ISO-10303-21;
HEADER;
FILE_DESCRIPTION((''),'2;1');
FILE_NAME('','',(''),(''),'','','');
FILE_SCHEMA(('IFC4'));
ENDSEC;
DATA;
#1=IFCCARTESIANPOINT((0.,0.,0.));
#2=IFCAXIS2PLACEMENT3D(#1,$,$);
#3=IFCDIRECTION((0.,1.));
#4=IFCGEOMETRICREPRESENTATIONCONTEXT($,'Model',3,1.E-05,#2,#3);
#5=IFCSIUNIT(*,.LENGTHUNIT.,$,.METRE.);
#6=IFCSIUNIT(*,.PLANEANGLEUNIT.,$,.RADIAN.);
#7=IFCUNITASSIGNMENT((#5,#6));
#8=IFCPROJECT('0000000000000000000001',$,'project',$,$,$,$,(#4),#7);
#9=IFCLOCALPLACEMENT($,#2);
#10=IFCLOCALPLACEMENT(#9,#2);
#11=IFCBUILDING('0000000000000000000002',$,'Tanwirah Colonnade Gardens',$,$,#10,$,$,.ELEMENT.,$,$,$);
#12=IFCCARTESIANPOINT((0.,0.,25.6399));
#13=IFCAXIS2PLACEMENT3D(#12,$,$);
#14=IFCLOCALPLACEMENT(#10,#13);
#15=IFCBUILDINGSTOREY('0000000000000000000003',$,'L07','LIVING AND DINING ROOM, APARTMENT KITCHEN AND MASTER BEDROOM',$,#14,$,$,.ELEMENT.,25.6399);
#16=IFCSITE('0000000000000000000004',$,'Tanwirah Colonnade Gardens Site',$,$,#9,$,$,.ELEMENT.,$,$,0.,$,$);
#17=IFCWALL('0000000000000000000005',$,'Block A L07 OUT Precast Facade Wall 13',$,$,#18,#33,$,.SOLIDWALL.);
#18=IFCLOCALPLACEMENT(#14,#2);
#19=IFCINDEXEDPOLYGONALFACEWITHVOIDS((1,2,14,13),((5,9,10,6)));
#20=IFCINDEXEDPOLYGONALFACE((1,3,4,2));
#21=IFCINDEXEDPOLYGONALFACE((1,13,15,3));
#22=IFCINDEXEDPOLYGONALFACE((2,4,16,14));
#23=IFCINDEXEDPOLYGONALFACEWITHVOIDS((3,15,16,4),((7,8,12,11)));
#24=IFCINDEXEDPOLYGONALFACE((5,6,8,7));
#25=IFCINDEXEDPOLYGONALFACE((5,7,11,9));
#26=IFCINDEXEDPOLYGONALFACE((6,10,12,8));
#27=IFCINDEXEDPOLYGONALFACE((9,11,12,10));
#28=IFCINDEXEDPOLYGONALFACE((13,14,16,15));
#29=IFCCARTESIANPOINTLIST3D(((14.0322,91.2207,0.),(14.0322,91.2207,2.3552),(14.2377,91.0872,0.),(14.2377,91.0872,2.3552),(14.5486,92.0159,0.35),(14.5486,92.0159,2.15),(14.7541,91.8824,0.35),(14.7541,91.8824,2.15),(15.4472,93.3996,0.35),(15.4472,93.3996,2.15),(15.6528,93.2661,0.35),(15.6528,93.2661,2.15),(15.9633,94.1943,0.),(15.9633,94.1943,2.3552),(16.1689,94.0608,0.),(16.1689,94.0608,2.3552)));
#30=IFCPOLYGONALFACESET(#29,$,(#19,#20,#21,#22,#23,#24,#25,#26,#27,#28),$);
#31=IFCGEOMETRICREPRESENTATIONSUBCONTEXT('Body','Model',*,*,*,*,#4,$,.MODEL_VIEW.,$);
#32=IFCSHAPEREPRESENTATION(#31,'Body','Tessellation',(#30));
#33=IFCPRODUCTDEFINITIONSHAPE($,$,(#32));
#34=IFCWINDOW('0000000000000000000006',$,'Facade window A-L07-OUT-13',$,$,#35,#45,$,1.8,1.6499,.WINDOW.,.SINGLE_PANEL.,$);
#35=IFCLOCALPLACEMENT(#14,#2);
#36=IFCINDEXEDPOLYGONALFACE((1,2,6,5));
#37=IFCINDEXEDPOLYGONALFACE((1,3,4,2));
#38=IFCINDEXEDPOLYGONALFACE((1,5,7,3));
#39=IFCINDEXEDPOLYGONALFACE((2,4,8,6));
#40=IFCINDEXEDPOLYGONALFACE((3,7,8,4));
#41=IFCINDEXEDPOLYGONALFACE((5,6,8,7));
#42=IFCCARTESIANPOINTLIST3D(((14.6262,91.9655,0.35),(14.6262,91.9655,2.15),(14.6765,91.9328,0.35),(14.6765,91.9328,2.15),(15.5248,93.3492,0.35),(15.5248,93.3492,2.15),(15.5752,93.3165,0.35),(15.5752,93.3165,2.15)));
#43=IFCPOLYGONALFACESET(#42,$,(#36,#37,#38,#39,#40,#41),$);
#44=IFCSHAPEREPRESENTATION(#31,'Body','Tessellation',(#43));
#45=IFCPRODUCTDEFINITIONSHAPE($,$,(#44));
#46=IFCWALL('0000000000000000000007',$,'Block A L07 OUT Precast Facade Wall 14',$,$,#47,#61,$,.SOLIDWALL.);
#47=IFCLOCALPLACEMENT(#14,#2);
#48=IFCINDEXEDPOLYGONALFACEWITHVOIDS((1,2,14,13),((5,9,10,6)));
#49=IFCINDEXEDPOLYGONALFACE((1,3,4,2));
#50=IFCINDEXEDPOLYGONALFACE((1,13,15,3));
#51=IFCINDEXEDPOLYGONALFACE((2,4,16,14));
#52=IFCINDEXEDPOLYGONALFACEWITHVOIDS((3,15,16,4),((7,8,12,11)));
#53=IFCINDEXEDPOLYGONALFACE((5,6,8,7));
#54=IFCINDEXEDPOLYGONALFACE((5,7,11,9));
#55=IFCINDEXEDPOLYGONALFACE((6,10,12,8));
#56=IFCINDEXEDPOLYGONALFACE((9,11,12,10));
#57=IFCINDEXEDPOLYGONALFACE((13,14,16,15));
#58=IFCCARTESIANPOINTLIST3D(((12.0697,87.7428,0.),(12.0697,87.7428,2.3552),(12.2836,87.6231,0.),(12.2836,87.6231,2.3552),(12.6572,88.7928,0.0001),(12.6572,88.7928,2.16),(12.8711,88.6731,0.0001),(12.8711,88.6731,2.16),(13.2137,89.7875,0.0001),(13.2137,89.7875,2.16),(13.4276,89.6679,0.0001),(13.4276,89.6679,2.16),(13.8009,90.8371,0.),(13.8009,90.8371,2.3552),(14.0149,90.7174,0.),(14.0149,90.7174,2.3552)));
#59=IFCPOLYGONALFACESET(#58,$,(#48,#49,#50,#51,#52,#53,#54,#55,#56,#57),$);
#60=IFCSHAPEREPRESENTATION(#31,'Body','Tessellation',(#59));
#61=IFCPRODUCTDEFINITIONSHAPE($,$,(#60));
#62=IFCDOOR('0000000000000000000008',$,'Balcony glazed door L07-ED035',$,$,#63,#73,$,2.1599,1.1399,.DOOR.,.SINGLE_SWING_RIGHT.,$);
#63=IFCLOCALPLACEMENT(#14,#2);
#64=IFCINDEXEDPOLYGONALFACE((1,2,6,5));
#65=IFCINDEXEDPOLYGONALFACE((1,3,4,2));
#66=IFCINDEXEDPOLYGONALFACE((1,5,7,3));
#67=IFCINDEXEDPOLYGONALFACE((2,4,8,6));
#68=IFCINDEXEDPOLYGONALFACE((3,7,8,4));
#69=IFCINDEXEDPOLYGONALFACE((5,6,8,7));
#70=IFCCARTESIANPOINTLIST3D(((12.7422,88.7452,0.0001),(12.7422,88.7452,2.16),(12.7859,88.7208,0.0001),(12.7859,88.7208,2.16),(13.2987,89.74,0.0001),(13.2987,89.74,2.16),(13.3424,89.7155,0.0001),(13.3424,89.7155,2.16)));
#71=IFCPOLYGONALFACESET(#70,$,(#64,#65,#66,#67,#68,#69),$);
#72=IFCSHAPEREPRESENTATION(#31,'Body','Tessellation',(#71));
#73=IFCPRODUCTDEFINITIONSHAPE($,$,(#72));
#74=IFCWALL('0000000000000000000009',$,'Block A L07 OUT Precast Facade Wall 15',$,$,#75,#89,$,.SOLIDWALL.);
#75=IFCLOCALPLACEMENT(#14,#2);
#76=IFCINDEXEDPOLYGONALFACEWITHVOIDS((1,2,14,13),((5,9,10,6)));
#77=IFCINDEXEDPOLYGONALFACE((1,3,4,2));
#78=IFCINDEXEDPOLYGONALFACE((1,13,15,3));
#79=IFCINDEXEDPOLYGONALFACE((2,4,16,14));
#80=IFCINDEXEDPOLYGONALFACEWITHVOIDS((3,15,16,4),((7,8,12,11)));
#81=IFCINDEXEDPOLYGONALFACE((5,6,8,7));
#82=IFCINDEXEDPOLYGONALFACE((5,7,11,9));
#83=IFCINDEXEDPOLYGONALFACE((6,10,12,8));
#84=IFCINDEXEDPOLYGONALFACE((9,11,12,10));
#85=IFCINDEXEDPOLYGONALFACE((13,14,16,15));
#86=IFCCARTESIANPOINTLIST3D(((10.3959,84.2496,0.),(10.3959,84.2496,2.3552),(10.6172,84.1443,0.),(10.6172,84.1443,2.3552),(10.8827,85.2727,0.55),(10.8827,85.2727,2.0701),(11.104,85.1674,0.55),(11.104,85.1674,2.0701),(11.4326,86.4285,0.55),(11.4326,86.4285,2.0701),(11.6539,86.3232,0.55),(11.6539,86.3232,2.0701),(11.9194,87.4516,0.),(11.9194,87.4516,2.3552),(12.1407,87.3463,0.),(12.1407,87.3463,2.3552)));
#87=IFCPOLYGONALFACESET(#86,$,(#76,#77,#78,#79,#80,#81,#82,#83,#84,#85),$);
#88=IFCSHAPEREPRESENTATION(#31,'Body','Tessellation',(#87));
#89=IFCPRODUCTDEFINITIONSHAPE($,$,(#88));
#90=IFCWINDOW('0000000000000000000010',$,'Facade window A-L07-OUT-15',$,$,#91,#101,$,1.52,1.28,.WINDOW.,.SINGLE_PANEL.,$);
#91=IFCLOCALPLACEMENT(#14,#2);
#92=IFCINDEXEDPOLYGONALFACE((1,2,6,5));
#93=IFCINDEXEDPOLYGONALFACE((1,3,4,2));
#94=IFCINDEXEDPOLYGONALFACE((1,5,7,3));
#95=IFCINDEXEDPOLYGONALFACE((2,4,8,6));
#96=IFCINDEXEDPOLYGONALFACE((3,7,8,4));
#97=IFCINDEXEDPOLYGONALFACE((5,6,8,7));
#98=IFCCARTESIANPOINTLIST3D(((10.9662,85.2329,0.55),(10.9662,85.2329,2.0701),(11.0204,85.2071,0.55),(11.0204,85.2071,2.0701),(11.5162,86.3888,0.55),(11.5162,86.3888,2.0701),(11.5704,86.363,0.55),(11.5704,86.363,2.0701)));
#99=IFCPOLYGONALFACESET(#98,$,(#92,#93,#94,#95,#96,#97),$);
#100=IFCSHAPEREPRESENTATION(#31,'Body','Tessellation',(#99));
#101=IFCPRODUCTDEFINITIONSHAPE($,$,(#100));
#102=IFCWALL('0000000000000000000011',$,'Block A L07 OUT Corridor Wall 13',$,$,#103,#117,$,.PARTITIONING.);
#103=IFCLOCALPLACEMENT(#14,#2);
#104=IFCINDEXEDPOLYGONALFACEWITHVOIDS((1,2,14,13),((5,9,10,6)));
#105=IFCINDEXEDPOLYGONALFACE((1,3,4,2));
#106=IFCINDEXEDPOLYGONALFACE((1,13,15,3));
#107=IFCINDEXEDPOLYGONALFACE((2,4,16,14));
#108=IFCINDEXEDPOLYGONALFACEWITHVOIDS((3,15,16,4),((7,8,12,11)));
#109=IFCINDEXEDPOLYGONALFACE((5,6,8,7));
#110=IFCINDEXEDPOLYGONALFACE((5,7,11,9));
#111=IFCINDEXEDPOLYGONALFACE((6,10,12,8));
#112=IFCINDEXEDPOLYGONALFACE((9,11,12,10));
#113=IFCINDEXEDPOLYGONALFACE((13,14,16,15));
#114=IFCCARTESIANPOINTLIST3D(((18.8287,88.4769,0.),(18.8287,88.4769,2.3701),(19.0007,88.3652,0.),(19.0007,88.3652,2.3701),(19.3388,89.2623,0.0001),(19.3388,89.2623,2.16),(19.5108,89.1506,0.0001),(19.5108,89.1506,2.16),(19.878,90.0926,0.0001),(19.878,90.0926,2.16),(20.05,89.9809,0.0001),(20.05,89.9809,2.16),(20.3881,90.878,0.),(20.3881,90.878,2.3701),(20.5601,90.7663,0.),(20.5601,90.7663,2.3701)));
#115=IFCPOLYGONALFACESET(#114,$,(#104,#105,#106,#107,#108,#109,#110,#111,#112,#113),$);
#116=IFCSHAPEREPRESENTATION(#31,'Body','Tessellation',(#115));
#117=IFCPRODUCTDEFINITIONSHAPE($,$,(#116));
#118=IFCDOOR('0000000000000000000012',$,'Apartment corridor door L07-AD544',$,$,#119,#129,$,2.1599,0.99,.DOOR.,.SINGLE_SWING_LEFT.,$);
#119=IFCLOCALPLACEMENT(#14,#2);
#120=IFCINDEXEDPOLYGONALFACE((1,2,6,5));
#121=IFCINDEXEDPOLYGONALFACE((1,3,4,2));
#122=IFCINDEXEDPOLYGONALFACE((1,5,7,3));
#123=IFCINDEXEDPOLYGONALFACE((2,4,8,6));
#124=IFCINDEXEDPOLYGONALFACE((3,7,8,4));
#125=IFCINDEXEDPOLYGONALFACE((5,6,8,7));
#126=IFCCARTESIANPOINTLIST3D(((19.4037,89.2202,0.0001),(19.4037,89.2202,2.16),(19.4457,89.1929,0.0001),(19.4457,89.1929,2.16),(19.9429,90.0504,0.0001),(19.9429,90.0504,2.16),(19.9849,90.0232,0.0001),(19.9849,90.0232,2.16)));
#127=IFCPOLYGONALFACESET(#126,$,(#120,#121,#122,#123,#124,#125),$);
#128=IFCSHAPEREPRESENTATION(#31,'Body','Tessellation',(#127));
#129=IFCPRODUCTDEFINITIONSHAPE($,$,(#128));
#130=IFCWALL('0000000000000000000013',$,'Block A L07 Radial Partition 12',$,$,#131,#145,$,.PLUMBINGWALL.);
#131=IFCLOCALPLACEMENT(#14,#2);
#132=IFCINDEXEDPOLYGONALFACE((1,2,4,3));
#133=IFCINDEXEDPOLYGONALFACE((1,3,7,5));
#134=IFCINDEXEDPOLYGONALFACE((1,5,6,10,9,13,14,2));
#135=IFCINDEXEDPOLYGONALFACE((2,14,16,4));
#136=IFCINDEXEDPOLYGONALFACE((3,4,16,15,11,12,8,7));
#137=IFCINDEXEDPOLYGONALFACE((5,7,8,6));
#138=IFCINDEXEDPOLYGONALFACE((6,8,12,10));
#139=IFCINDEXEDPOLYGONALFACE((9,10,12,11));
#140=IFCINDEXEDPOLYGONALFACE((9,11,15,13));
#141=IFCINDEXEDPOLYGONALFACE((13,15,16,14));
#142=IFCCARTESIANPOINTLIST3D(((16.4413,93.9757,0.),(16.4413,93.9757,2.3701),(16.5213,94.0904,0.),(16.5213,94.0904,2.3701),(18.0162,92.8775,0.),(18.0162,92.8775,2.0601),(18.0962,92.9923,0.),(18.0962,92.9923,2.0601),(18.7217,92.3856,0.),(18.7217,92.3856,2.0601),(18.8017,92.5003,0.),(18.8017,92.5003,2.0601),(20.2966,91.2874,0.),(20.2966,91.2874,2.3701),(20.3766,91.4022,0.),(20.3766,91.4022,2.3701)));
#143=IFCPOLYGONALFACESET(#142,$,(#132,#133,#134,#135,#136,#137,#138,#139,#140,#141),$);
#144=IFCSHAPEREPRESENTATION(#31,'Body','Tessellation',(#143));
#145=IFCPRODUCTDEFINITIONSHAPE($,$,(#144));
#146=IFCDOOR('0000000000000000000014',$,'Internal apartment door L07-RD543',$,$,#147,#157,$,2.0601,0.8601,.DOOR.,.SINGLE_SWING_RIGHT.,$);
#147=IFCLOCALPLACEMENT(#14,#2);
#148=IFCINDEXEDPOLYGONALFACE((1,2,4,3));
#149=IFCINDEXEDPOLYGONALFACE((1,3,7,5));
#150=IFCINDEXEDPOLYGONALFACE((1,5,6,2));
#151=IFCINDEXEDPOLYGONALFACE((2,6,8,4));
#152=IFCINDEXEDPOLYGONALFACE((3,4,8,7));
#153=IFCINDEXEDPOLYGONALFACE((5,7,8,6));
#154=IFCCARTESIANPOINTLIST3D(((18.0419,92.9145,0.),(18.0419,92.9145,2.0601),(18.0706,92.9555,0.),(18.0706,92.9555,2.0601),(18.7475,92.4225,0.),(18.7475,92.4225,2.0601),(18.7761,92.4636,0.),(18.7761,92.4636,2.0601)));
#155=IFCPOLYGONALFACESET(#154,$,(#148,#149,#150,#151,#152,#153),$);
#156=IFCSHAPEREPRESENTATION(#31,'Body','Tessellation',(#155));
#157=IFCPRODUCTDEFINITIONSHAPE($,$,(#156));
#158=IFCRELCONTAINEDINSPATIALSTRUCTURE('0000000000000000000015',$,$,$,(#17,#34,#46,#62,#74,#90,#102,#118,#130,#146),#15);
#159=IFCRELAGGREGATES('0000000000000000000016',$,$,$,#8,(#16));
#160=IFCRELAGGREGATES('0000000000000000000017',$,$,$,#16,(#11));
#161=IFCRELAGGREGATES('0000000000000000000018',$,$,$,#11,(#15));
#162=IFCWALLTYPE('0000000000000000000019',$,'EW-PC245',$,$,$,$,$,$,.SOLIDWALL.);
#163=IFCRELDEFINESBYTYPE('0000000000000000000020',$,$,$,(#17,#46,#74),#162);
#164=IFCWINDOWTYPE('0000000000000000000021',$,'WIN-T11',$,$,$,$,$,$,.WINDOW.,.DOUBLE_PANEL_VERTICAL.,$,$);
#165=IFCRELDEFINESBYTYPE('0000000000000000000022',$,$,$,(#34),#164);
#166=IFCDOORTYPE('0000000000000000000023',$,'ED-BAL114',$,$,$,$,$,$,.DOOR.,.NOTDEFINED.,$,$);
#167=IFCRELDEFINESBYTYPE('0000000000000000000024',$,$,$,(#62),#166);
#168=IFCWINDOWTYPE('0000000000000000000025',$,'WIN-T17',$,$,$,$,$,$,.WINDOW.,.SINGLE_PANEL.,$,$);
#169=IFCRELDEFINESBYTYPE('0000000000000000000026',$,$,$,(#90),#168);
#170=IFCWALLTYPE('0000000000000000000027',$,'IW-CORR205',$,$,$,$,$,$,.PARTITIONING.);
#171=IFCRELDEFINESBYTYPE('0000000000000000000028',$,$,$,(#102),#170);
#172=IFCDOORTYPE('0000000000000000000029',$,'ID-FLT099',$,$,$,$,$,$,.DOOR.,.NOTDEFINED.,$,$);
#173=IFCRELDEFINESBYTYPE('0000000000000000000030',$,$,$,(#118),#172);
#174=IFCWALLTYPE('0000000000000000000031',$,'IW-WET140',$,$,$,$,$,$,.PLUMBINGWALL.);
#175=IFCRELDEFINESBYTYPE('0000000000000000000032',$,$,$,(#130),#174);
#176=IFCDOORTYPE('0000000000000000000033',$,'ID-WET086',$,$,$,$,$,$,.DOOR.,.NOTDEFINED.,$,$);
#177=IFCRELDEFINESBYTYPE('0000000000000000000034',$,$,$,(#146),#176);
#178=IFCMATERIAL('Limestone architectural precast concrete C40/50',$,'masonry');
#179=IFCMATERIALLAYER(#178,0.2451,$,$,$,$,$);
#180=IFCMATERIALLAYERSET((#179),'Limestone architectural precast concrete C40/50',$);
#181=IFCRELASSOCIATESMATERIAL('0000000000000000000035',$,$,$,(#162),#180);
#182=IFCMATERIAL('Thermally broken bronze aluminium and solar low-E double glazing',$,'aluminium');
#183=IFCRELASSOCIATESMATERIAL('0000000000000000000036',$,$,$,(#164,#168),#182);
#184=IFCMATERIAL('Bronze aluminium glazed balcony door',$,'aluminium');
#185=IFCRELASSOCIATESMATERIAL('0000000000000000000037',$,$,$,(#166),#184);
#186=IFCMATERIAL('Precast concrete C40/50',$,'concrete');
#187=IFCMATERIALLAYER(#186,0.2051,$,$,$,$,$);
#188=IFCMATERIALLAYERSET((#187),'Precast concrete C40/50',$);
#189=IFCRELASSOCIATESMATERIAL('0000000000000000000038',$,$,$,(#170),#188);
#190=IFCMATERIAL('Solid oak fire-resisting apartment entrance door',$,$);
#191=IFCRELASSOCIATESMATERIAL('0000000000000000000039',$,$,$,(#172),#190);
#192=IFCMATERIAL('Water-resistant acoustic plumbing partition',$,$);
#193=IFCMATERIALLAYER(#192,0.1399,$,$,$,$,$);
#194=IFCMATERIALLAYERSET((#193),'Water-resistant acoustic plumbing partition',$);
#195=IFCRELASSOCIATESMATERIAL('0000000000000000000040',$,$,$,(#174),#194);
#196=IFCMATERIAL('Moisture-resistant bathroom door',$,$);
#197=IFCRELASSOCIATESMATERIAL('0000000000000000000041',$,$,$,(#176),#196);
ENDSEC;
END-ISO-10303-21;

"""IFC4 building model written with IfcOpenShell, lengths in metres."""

from ifc_helpers import new_model, si_unit, direction, frame, frame_2d, origin, place, context, subcontext, project, spatial, rectangle, extrude, material, layer, layer_set, type_object, element, fill, save


model = new_model("IFC4")

# Units and contexts
model_context = context("Model", 3, precision=1e-05, world=origin(), true_north=direction((0.0, 1.0)))
body_context = subcontext(model_context, "Body", "Model", "MODEL_VIEW")
ifc_project = project(units=[si_unit("LENGTHUNIT", "METRE"), si_unit("PLANEANGLEUNIT", "RADIAN")], contexts=[model_context])

# Site, building, storey
site_placement = place(None, origin())
site = spatial("IfcSite", under=ifc_project, at=site_placement, Name="Tanwirah Colonnade Gardens Site", CompositionType="ELEMENT", RefElevation=0.0)
building_placement = place(site_placement, origin())
building = spatial("IfcBuilding", under=site, at=building_placement, Name="Tanwirah Colonnade Gardens", CompositionType="ELEMENT")
storey_placement = place(building_placement, frame((0.0, 0.0, 25.6399)))
storey = spatial("IfcBuildingStorey", under=building, at=storey_placement, Name="L07", Description="LIVING AND DINING ROOM, APARTMENT KITCHEN AND MASTER BEDROOM", CompositionType="ELEMENT", Elevation=25.6399)

# Shared definitions
ifc_material_1 = material(Name="Precast concrete C40/50", Category="concrete")

# Wall, opening, window
ifc_material_2 = material(Name="Limestone architectural precast concrete C40/50", Category="masonry")
ifc_layer_1 = layer(ifc_material_2, 0.2451)
ifc_layer_set_1 = layer_set([ifc_layer_1], Name="Limestone architectural precast concrete C40/50")
wall_type_1 = type_object("IfcWallType", Name="EW-PC245", PredefinedType="SOLIDWALL", material=ifc_layer_set_1)
wall_1_placement = place(storey_placement, frame((16.0662, 94.1277, 0.0), z_axis=(0.0, 0.0, 1.0), x_axis=(-0.544649, -0.838664, 0.0)))
wall_1 = element("IfcWall", 1, at=wall_1_placement, inside=storey, type_object=wall_type_1, Name="Block A L07 OUT Precast Facade Wall 13", PredefinedType="SOLIDWALL", context=body_context, shape_type="SweptSolid", body=[
    extrude(rectangle(XDim=3.5457, YDim=0.2451, at=frame_2d((1.7729, 0.0))), origin(), (0.0, 0.0, 1.0), 2.3552),
])
opening_1_placement = place(wall_1_placement, frame((0.9478, 0.0, 0.3501)))
opening_1 = element("IfcOpeningElement", 2, at=opening_1_placement, cuts=wall_1, PredefinedType="OPENING", context=body_context, shape_type="SweptSolid", body=[
    extrude(rectangle(XDim=1.6499, YDim=1.8, at=frame_2d((0.825, 0.8999))), frame((0.0, 0.1326, 0.0), z_axis=(0.0, -1.0, 0.0), x_axis=(1.0, 0.0, 0.0)), (0.0, 0.0, 1.0), 0.2651),
])
ifc_material_3 = material(Name="Thermally broken bronze aluminium and solar low-E double glazing", Category="aluminium")
window_type_1 = type_object("IfcWindowType", Name="WIN-T11", PartitioningType="DOUBLE_PANEL_VERTICAL", PredefinedType="WINDOW", material=ifc_material_3)
window_1_placement = place(opening_1_placement, origin())
window_1 = element("IfcWindow", 3, at=window_1_placement, inside=storey, type_object=window_type_1, Name="Facade window A-L07-OUT-13", OverallHeight=1.8, OverallWidth=1.6499, PartitioningType="SINGLE_PANEL", PredefinedType="WINDOW", context=body_context, shape_type="SweptSolid", body=[
    extrude(rectangle(XDim=1.6499, YDim=1.8, at=frame_2d((0.825, 0.8999))), frame((0.0, 0.03, 0.0), z_axis=(0.0, -1.0, 0.0), x_axis=(1.0, 0.0, 0.0)), (0.0, 0.0, 1.0), 0.0601),
])
fill(opening_1, window_1)

# Wall, opening, door
wall_2_placement = place(storey_placement, frame((13.908, 90.7773, 0.0), z_axis=(0.0, 0.0, 1.0), x_axis=(-0.488266, -0.872695, 0.0)))
wall_2 = element("IfcWall", 4, at=wall_2_placement, inside=storey, type_object=wall_type_1, Name="Block A L07 OUT Precast Facade Wall 14", PredefinedType="SOLIDWALL", context=body_context, shape_type="SweptSolid", body=[
    extrude(rectangle(XDim=3.5457, YDim=0.2451, at=frame_2d((1.7729, 0.0))), origin(), (0.0, 0.0, 1.0), 2.3552),
])
opening_2_placement = place(wall_2_placement, frame((1.2029, 0.0, 0.0)))
opening_2 = element("IfcOpeningElement", 5, at=opening_2_placement, cuts=wall_2, PredefinedType="OPENING", context=body_context, shape_type="SweptSolid", body=[
    extrude(rectangle(XDim=1.1399, YDim=2.1599, at=frame_2d((0.5698, 1.0801))), frame((0.0, 0.1326, 0.0), z_axis=(0.0, -1.0, 0.0), x_axis=(1.0, 0.0, 0.0)), (0.0, 0.0, 1.0), 0.2651),
])
ifc_material_4 = material(Name="Bronze aluminium glazed balcony door", Category="aluminium")
door_type_1 = type_object("IfcDoorType", Name="ED-BAL114", OperationType="NOTDEFINED", PredefinedType="DOOR", material=ifc_material_4)
door_1_placement = place(opening_2_placement, origin())
door_1 = element("IfcDoor", 6, at=door_1_placement, inside=storey, type_object=door_type_1, Name="Balcony glazed door L07-ED035", OperationType="SINGLE_SWING_RIGHT", OverallHeight=2.1599, OverallWidth=1.1399, PredefinedType="DOOR", context=body_context, shape_type="SweptSolid", body=[
    extrude(rectangle(XDim=1.1399, YDim=2.1599, at=frame_2d((0.5698, 1.0801))), frame((0.0, 0.0249, 0.0), z_axis=(0.0, -1.0, 0.0), x_axis=(1.0, 0.0, 0.0)), (0.0, 0.0, 1.0), 0.05),
])
fill(opening_2, door_1)

# Wall, opening, window
wall_3_placement = place(storey_placement, frame((12.03, 87.3989, 0.0), z_axis=(0.0, 0.0, 1.0), x_axis=(-0.42964, -0.903, 0.0)))
wall_3 = element("IfcWall", 7, at=wall_3_placement, inside=storey, type_object=wall_type_1, Name="Block A L07 OUT Precast Facade Wall 15", PredefinedType="SOLIDWALL", context=body_context, shape_type="SweptSolid", body=[
    extrude(rectangle(XDim=3.5459, YDim=0.2451, at=frame_2d((1.7729, 0.0))), origin(), (0.0, 0.0, 1.0), 2.3552),
])
opening_3_placement = place(wall_3_placement, frame((1.1328, 0.0, 0.55)))
opening_3 = element("IfcOpeningElement", 8, at=opening_3_placement, cuts=wall_3, PredefinedType="OPENING", context=body_context, shape_type="SweptSolid", body=[
    extrude(rectangle(XDim=1.28, YDim=1.52, at=frame_2d((0.6401, 0.76))), frame((0.0, 0.1326, 0.0), z_axis=(0.0, -1.0, 0.0), x_axis=(1.0, 0.0, 0.0)), (0.0, 0.0, 1.0), 0.2651),
])
window_type_2 = type_object("IfcWindowType", Name="WIN-T17", PartitioningType="SINGLE_PANEL", PredefinedType="WINDOW", material=ifc_material_3)
window_2_placement = place(opening_3_placement, origin())
window_2 = element("IfcWindow", 9, at=window_2_placement, inside=storey, type_object=window_type_2, Name="Facade window A-L07-OUT-15", OverallHeight=1.52, OverallWidth=1.28, PartitioningType="SINGLE_PANEL", PredefinedType="WINDOW", context=body_context, shape_type="SweptSolid", body=[
    extrude(rectangle(XDim=1.28, YDim=1.52, at=frame_2d((0.6401, 0.76))), frame((0.0, 0.03, 0.0), z_axis=(0.0, -1.0, 0.0), x_axis=(1.0, 0.0, 0.0)), (0.0, 0.0, 1.0), 0.0601),
])
fill(opening_3, window_2)

# Walls, openings, doors
ifc_layer_2 = layer(ifc_material_1, 0.2051)
ifc_layer_set_2 = layer_set([ifc_layer_2], Name="Precast concrete C40/50")
wall_type_2 = type_object("IfcWallType", Name="IW-CORR205", PredefinedType="PARTITIONING", material=ifc_layer_set_2)
wall_4_placement = place(storey_placement, frame((20.4741, 90.8223, 0.0), z_axis=(0.0, 0.0, 1.0), x_axis=(-0.544644, -0.838668, 0.0)))
wall_4 = element("IfcWall", 10, at=wall_4_placement, inside=storey, type_object=wall_type_2, Name="Block A L07 OUT Corridor Wall 13", PredefinedType="PARTITIONING", context=body_context, shape_type="SweptSolid", body=[
    extrude(rectangle(XDim=2.863, YDim=0.2051, at=frame_2d((1.4316, 0.0))), origin(), (0.0, 0.0, 1.0), 2.3701),
])
opening_4_placement = place(wall_4_placement, frame((0.9365, 0.0, 0.0)))
opening_4 = element("IfcOpeningElement", 11, at=opening_4_placement, cuts=wall_4, PredefinedType="OPENING", context=body_context, shape_type="SweptSolid", body=[
    extrude(rectangle(XDim=0.99, YDim=2.1599, at=frame_2d((0.4951, 1.0801))), frame((0.0, 0.1125, 0.0), z_axis=(0.0, -1.0, 0.0), x_axis=(1.0, 0.0, 0.0)), (0.0, 0.0, 1.0), 0.2251),
])
ifc_material_5 = material(Name="Solid oak fire-resisting apartment entrance door")
door_type_2 = type_object("IfcDoorType", Name="ID-FLT099", OperationType="NOTDEFINED", PredefinedType="DOOR", material=ifc_material_5)
door_2_placement = place(opening_4_placement, origin())
door_2 = element("IfcDoor", 12, at=door_2_placement, inside=storey, type_object=door_type_2, Name="Apartment corridor door L07-AD544", OperationType="SINGLE_SWING_LEFT", OverallHeight=2.1599, OverallWidth=0.99, PredefinedType="DOOR", context=body_context, shape_type="SweptSolid", body=[
    extrude(rectangle(XDim=0.99, YDim=2.1599, at=frame_2d((0.4951, 1.0801))), frame((0.0, 0.0249, 0.0), z_axis=(0.0, -1.0, 0.0), x_axis=(1.0, 0.0, 0.0)), (0.0, 0.0, 1.0), 0.05),
])
fill(opening_4, door_2)
ifc_material_6 = material(Name="Water-resistant acoustic plumbing partition")
ifc_layer_3 = layer(ifc_material_6, 0.1399)
ifc_layer_set_3 = layer_set([ifc_layer_3], Name="Water-resistant acoustic plumbing partition")
wall_type_3 = type_object("IfcWallType", Name="IW-WET140", PredefinedType="PLUMBINGWALL", material=ifc_layer_set_3)
wall_5_placement = place(storey_placement, frame((20.3367, 91.3447, 0.0), z_axis=(0.0, 0.0, 1.0), x_axis=(-0.820273, 0.571973, 0.0)))
wall_5 = element("IfcWall", 13, at=wall_5_placement, inside=storey, type_object=wall_type_3, Name="Block A L07 Radial Partition 12", PredefinedType="PLUMBINGWALL", context=body_context, shape_type="SweptSolid", body=[
    extrude(rectangle(XDim=4.7, YDim=0.1399, at=frame_2d((2.3501, 0.0))), origin(), (0.0, 0.0, 1.0), 2.3701),
])
opening_5_placement = place(wall_5_placement, frame((1.9199, 0.0, 0.0)))
opening_5 = element("IfcOpeningElement", 14, at=opening_5_placement, cuts=wall_5, PredefinedType="OPENING", context=body_context, shape_type="SweptSolid", body=[
    extrude(rectangle(XDim=0.8601, YDim=2.0601, at=frame_2d((0.4302, 1.03))), frame((0.0, 0.0798, 0.0), z_axis=(0.0, -1.0, 0.0), x_axis=(1.0, 0.0, 0.0)), (0.0, 0.0, 1.0), 0.1599),
])
ifc_material_7 = material(Name="Moisture-resistant bathroom door")
door_type_3 = type_object("IfcDoorType", Name="ID-WET086", OperationType="NOTDEFINED", PredefinedType="DOOR", material=ifc_material_7)
door_3_placement = place(opening_5_placement, origin())
door_3 = element("IfcDoor", 15, at=door_3_placement, inside=storey, type_object=door_type_3, Name="Internal apartment door L07-RD543", OperationType="SINGLE_SWING_RIGHT", OverallHeight=2.0601, OverallWidth=0.8601, PredefinedType="DOOR", context=body_context, shape_type="SweptSolid", body=[
    extrude(rectangle(XDim=0.8601, YDim=2.0601, at=frame_2d((0.4302, 1.03))), frame((0.0, 0.0249, 0.0), z_axis=(0.0, -1.0, 0.0), x_axis=(1.0, 0.0, 0.0)), (0.0, 0.0, 1.0), 0.05),
])
fill(opening_5, door_3)

save(model, "model.ifc")
